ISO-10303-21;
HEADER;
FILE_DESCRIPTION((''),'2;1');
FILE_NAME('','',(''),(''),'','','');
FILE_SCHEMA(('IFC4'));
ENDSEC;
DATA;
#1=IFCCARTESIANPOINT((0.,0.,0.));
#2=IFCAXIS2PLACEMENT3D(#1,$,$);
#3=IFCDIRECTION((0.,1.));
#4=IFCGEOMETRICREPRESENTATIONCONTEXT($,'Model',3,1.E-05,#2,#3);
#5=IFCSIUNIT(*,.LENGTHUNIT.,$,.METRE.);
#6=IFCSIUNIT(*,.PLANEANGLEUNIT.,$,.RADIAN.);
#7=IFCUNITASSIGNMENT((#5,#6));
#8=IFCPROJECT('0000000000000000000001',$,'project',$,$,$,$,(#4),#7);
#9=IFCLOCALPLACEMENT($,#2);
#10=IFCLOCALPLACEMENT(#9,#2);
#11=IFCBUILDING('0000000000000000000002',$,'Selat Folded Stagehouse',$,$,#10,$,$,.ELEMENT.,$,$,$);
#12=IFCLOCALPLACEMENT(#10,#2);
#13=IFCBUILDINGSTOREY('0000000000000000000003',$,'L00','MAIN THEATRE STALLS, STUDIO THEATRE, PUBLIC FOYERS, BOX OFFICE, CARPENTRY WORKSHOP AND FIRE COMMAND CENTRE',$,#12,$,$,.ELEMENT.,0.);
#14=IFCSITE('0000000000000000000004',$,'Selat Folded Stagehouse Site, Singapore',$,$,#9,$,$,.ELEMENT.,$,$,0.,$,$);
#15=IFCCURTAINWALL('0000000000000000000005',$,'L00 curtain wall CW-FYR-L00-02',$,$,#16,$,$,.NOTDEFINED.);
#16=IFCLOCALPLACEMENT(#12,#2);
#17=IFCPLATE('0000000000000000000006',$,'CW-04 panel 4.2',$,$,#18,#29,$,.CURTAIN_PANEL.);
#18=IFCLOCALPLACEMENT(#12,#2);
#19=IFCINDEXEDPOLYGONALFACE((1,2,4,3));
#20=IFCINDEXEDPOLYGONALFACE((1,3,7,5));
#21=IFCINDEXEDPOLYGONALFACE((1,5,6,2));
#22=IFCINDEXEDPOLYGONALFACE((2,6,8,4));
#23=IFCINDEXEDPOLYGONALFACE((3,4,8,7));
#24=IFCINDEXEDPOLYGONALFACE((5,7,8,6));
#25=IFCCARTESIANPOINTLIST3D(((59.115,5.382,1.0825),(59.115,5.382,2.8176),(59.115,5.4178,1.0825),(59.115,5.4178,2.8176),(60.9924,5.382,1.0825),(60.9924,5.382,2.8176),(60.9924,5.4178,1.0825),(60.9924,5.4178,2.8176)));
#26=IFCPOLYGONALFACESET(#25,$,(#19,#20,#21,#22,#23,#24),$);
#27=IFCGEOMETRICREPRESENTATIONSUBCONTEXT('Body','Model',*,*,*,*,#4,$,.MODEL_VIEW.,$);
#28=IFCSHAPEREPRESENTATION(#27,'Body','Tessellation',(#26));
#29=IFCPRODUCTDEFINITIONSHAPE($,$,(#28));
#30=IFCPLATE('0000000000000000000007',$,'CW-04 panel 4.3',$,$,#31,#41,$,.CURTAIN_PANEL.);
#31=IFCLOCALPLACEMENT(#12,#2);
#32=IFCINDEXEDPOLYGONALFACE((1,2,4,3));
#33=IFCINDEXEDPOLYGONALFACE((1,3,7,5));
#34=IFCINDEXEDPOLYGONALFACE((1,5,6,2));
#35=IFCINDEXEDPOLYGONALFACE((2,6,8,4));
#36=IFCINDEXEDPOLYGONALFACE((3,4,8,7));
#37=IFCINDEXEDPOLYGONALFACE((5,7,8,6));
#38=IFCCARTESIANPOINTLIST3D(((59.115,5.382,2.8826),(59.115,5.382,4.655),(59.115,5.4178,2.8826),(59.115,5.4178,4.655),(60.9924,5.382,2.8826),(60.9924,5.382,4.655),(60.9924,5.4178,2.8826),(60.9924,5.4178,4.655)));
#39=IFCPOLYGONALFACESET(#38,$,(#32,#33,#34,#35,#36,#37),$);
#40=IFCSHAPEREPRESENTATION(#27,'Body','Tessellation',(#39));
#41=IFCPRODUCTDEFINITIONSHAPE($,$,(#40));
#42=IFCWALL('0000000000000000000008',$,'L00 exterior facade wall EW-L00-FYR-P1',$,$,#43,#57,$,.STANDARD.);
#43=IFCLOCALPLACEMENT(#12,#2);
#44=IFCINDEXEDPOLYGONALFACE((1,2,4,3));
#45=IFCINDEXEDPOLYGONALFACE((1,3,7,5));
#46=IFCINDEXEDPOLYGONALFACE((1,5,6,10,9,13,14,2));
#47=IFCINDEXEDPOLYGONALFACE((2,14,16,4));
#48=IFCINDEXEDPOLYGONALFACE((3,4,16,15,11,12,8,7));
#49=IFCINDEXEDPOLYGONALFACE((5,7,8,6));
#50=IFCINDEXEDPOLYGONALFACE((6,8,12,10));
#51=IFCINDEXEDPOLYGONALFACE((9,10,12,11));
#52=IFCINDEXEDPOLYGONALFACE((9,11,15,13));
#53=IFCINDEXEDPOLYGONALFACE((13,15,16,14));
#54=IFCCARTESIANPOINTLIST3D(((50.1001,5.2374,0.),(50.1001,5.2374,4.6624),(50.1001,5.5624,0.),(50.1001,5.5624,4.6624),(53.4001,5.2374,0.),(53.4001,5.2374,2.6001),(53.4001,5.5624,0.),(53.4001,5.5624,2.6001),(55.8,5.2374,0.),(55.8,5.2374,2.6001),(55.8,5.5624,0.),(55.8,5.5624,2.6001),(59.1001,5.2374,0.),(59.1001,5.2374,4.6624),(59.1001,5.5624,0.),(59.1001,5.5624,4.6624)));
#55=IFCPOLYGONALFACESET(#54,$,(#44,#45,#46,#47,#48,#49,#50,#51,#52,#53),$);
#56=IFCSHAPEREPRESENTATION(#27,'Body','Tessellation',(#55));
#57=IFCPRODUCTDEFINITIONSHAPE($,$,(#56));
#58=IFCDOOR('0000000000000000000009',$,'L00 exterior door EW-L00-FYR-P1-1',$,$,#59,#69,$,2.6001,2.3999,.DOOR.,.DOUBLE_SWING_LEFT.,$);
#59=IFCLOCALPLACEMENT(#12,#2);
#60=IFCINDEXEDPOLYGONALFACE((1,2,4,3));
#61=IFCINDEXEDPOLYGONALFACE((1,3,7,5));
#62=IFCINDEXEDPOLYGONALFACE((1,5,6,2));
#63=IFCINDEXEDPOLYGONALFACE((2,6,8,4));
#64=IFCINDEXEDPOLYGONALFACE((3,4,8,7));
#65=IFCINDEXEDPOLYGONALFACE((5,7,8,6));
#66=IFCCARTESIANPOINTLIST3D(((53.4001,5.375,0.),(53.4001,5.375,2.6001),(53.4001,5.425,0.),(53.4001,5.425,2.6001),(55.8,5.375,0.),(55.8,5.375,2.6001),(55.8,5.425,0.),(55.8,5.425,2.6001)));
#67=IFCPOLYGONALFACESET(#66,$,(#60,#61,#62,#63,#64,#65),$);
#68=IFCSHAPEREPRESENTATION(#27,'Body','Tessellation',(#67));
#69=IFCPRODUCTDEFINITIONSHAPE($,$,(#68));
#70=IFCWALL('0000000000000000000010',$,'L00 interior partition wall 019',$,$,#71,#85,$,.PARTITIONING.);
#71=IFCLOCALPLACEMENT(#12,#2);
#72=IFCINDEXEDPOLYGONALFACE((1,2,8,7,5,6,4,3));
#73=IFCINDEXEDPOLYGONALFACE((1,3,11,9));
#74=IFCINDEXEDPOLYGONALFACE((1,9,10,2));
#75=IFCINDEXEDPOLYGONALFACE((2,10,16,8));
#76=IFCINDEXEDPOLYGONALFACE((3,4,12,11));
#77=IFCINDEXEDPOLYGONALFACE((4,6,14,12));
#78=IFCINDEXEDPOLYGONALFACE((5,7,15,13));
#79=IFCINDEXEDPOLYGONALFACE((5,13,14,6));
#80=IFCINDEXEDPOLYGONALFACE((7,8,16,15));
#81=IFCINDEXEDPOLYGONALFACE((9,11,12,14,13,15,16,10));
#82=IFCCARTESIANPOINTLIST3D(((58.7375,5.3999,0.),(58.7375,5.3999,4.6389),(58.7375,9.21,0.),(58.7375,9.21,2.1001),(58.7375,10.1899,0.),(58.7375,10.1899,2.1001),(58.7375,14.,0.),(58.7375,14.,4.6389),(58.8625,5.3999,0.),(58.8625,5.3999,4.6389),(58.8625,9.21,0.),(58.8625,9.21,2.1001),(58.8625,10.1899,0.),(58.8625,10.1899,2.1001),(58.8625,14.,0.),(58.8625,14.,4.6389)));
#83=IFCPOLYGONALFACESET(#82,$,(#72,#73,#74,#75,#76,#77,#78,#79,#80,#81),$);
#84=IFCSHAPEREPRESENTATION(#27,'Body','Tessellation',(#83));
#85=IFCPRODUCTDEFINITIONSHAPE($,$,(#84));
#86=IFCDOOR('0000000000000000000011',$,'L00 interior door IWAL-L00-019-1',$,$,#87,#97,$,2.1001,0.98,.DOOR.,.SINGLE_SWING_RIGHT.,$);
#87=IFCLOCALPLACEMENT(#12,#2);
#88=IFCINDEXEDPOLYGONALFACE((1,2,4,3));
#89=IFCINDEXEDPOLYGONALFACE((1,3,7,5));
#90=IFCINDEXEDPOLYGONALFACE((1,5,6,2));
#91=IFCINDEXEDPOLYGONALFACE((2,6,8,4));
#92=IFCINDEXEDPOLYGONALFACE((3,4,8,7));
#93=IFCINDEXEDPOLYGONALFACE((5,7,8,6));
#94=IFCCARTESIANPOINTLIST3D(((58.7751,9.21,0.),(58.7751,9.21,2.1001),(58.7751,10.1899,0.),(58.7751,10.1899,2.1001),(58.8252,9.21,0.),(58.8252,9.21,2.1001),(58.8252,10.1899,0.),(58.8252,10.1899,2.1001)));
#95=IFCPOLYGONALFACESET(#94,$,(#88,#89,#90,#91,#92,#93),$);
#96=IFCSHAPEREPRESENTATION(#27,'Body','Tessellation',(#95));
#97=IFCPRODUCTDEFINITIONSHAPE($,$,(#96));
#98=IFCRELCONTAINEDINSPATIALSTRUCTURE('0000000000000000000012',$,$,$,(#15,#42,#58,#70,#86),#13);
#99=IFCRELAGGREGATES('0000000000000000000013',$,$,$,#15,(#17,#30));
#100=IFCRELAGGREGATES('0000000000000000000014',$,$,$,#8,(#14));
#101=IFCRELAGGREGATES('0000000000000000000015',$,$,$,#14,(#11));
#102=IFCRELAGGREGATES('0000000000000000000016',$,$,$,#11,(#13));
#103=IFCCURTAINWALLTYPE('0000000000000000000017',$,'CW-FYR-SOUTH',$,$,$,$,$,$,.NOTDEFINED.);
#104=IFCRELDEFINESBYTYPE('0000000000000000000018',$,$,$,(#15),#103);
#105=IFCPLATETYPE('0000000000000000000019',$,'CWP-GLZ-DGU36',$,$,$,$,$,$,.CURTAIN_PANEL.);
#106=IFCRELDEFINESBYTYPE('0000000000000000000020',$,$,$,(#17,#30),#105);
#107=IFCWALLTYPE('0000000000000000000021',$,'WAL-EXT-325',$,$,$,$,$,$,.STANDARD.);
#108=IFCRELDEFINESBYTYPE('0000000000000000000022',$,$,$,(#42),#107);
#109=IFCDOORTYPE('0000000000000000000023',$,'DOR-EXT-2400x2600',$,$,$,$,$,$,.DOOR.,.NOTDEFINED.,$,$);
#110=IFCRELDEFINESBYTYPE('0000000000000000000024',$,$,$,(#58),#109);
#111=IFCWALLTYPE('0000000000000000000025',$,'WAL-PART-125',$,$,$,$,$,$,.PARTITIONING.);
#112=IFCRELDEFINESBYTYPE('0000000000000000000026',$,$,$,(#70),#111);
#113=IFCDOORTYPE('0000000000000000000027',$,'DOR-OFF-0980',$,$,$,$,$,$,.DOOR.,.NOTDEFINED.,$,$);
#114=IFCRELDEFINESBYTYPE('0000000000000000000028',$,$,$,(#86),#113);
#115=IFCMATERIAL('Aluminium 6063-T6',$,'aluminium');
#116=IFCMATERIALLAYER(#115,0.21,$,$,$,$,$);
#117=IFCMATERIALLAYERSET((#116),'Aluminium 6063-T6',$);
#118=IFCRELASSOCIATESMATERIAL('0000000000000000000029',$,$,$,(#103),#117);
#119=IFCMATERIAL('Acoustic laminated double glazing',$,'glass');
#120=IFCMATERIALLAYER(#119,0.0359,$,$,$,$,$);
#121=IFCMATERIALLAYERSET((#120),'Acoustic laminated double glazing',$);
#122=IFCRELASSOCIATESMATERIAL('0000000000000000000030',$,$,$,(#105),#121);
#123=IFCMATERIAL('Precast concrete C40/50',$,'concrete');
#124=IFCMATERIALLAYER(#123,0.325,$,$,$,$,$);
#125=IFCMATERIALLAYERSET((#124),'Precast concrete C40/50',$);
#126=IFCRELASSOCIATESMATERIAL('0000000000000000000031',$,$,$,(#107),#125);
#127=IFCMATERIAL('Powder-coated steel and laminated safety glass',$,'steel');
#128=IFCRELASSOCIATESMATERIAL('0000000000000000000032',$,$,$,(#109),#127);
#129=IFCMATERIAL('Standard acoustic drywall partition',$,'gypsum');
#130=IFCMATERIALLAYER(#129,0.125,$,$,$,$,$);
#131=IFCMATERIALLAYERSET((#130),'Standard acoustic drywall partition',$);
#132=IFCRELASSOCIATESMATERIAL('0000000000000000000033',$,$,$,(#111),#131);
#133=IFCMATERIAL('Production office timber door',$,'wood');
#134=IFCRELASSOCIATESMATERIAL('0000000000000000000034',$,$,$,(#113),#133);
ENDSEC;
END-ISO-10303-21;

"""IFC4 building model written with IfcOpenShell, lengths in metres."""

from ifc_helpers import new_model, si_unit, direction, frame, frame_2d, origin, origin_2d, place, context, subcontext, project, spatial, rectangle, extrude, material, layer, layer_set, type_object, element, fill, aggregate, save


model = new_model("IFC4")

# Units and contexts
model_context = context("Model", 3, precision=1e-05, world=origin(), true_north=direction((0.0, 1.0)))
body_context = subcontext(model_context, "Body", "Model", "MODEL_VIEW")
ifc_project = project(units=[si_unit("LENGTHUNIT", "METRE"), si_unit("PLANEANGLEUNIT", "RADIAN")], contexts=[model_context])

# Site, building, storey
site_placement = place(None, origin())
site = spatial("IfcSite", under=ifc_project, at=site_placement, Name="Selat Folded Stagehouse Site, Singapore", CompositionType="ELEMENT", RefElevation=0.0)
building_placement = place(site_placement, origin())
building = spatial("IfcBuilding", under=site, at=building_placement, Name="Selat Folded Stagehouse", CompositionType="ELEMENT")
storey_placement = place(building_placement, origin())
storey = spatial("IfcBuildingStorey", under=building, at=storey_placement, Name="L00", Description="MAIN THEATRE STALLS, STUDIO THEATRE, PUBLIC FOYERS, BOX OFFICE, CARPENTRY WORKSHOP AND FIRE COMMAND CENTRE", CompositionType="ELEMENT", Elevation=0.0)

# Curtain wall
ifc_material_1 = material(Name="Aluminium 6063-T6", Category="aluminium")
ifc_layer_1 = layer(ifc_material_1, 0.21)
ifc_layer_set_1 = layer_set([ifc_layer_1], Name="Aluminium 6063-T6")
curtain_wall_type = type_object("IfcCurtainWallType", Name="CW-FYR-SOUTH", PredefinedType="NOTDEFINED", material=ifc_layer_set_1)
curtain_wall_placement = place(storey_placement, origin())
curtain_wall = element("IfcCurtainWall", 1, at=curtain_wall_placement, inside=storey, type_object=curtain_wall_type, Name="L00 curtain wall CW-FYR-L00-02", PredefinedType="NOTDEFINED")

# Plates
ifc_material_2 = material(Name="Acoustic laminated double glazing", Category="glass")
ifc_layer_2 = layer(ifc_material_2, 0.0359)
ifc_layer_set_2 = layer_set([ifc_layer_2], Name="Acoustic laminated double glazing")
plate_type = type_object("IfcPlateType", Name="CWP-GLZ-DGU36", PredefinedType="CURTAIN_PANEL", material=ifc_layer_set_2)
plate_1_placement = place(storey_placement, frame((60.0537, 5.3999, 1.0825), z_axis=(0.0, 0.0, 1.0), x_axis=(-1.0, 0.0, 0.0)))
plate_1 = element("IfcPlate", 2, at=plate_1_placement, type_object=plate_type, Name="CW-04 panel 4.2", PredefinedType="CURTAIN_PANEL", context=body_context, shape_type="SweptSolid", body=[
    extrude(rectangle(XDim=1.8774, YDim=0.0359, at=origin_2d()), origin(), (0.0, 0.0, 1.0), 1.7351),
])
plate_2_placement = place(storey_placement, frame((60.0537, 5.3999, 2.8826), z_axis=(0.0, 0.0, 1.0), x_axis=(-1.0, 0.0, 0.0)))
plate_2 = element("IfcPlate", 3, at=plate_2_placement, type_object=plate_type, Name="CW-04 panel 4.3", PredefinedType="CURTAIN_PANEL", context=body_context, shape_type="SweptSolid", body=[
    extrude(rectangle(XDim=1.8774, YDim=0.0359, at=origin_2d()), origin(), (0.0, 0.0, 1.0), 1.7725),
])
aggregate(curtain_wall, [plate_1, plate_2])

# Walls, openings, doors
ifc_material_3 = material(Name="Precast concrete C40/50", Category="concrete")
ifc_layer_3 = layer(ifc_material_3, 0.325)
ifc_layer_set_3 = layer_set([ifc_layer_3], Name="Precast concrete C40/50")
wall_type_1 = type_object("IfcWallType", Name="WAL-EXT-325", PredefinedType="STANDARD", material=ifc_layer_set_3)
wall_1_placement = place(storey_placement, frame((59.1001, 5.3999, 0.0), z_axis=(0.0, 0.0, 1.0), x_axis=(-1.0, 0.0, 0.0)))
wall_1 = element("IfcWall", 4, at=wall_1_placement, inside=storey, type_object=wall_type_1, Name="L00 exterior facade wall EW-L00-FYR-P1", PredefinedType="STANDARD", context=body_context, shape_type="SweptSolid", body=[
    extrude(rectangle(XDim=9.0, YDim=0.325, at=frame_2d((4.5, 0.0))), origin(), (0.0, 0.0, 1.0), 4.6624),
])
opening_1_placement = place(wall_1_placement, frame((3.3, 0.0, 0.0)))
opening_1 = element("IfcOpeningElement", 5, at=opening_1_placement, cuts=wall_1, PredefinedType="OPENING", context=body_context, shape_type="SweptSolid", body=[
    extrude(rectangle(XDim=2.3999, YDim=2.6001, at=frame_2d((1.2, 1.3))), frame((0.0, 0.1724, 0.0), z_axis=(0.0, -1.0, 0.0), x_axis=(1.0, 0.0, 0.0)), (0.0, 0.0, 1.0), 0.345),
])
ifc_material_4 = material(Name="Powder-coated steel and laminated safety glass", Category="steel")
door_type_1 = type_object("IfcDoorType", Name="DOR-EXT-2400x2600", OperationType="NOTDEFINED", PredefinedType="DOOR", material=ifc_material_4)
door_1_placement = place(opening_1_placement, origin())
door_1 = element("IfcDoor", 6, at=door_1_placement, inside=storey, type_object=door_type_1, Name="L00 exterior door EW-L00-FYR-P1-1", OperationType="DOUBLE_SWING_LEFT", OverallHeight=2.6001, OverallWidth=2.3999, PredefinedType="DOOR", context=body_context, shape_type="SweptSolid", body=[
    extrude(rectangle(XDim=2.3999, YDim=2.6001, at=frame_2d((1.2, 1.3))), frame((0.0, 0.0249, 0.0), z_axis=(0.0, -1.0, 0.0), x_axis=(1.0, 0.0, 0.0)), (0.0, 0.0, 1.0), 0.05),
])
fill(opening_1, door_1)
ifc_material_5 = material(Name="Standard acoustic drywall partition", Category="gypsum")
ifc_layer_4 = layer(ifc_material_5, 0.125)
ifc_layer_set_4 = layer_set([ifc_layer_4], Name="Standard acoustic drywall partition")
wall_type_2 = type_object("IfcWallType", Name="WAL-PART-125", PredefinedType="PARTITIONING", material=ifc_layer_set_4)
wall_2_placement = place(storey_placement, frame((58.8, 5.3999, 0.0), z_axis=(0.0, 0.0, 1.0), x_axis=(0.0, 1.0, 0.0)))
wall_2 = element("IfcWall", 7, at=wall_2_placement, inside=storey, type_object=wall_type_2, Name="L00 interior partition wall 019", PredefinedType="PARTITIONING", context=body_context, shape_type="SweptSolid", body=[
    extrude(rectangle(XDim=8.6001, YDim=0.125, at=frame_2d((4.3, 0.0))), origin(), (0.0, 0.0, 1.0), 4.6389),
])
opening_2_placement = place(wall_2_placement, frame((3.8101, 0.0, 0.0)))
opening_2 = element("IfcOpeningElement", 8, at=opening_2_placement, cuts=wall_2, PredefinedType="OPENING", context=body_context, shape_type="SweptSolid", body=[
    extrude(rectangle(XDim=0.98, YDim=2.1001, at=frame_2d((0.49, 1.05))), frame((0.0, 0.0725, 0.0), z_axis=(0.0, -1.0, 0.0), x_axis=(1.0, 0.0, 0.0)), (0.0, 0.0, 1.0), 0.145),
])
ifc_material_6 = material(Name="Production office timber door", Category="wood")
door_type_2 = type_object("IfcDoorType", Name="DOR-OFF-0980", OperationType="NOTDEFINED", PredefinedType="DOOR", material=ifc_material_6)
door_2_placement = place(opening_2_placement, origin())
door_2 = element("IfcDoor", 9, at=door_2_placement, inside=storey, type_object=door_type_2, Name="L00 interior door IWAL-L00-019-1", OperationType="SINGLE_SWING_RIGHT", OverallHeight=2.1001, OverallWidth=0.98, PredefinedType="DOOR", context=body_context, shape_type="SweptSolid", body=[
    extrude(rectangle(XDim=0.98, YDim=2.1001, at=frame_2d((0.49, 1.05))), frame((0.0, 0.0249, 0.0), z_axis=(0.0, -1.0, 0.0), x_axis=(1.0, 0.0, 0.0)), (0.0, 0.0, 1.0), 0.05),
])
fill(opening_2, door_2)

save(model, "model.ifc")
